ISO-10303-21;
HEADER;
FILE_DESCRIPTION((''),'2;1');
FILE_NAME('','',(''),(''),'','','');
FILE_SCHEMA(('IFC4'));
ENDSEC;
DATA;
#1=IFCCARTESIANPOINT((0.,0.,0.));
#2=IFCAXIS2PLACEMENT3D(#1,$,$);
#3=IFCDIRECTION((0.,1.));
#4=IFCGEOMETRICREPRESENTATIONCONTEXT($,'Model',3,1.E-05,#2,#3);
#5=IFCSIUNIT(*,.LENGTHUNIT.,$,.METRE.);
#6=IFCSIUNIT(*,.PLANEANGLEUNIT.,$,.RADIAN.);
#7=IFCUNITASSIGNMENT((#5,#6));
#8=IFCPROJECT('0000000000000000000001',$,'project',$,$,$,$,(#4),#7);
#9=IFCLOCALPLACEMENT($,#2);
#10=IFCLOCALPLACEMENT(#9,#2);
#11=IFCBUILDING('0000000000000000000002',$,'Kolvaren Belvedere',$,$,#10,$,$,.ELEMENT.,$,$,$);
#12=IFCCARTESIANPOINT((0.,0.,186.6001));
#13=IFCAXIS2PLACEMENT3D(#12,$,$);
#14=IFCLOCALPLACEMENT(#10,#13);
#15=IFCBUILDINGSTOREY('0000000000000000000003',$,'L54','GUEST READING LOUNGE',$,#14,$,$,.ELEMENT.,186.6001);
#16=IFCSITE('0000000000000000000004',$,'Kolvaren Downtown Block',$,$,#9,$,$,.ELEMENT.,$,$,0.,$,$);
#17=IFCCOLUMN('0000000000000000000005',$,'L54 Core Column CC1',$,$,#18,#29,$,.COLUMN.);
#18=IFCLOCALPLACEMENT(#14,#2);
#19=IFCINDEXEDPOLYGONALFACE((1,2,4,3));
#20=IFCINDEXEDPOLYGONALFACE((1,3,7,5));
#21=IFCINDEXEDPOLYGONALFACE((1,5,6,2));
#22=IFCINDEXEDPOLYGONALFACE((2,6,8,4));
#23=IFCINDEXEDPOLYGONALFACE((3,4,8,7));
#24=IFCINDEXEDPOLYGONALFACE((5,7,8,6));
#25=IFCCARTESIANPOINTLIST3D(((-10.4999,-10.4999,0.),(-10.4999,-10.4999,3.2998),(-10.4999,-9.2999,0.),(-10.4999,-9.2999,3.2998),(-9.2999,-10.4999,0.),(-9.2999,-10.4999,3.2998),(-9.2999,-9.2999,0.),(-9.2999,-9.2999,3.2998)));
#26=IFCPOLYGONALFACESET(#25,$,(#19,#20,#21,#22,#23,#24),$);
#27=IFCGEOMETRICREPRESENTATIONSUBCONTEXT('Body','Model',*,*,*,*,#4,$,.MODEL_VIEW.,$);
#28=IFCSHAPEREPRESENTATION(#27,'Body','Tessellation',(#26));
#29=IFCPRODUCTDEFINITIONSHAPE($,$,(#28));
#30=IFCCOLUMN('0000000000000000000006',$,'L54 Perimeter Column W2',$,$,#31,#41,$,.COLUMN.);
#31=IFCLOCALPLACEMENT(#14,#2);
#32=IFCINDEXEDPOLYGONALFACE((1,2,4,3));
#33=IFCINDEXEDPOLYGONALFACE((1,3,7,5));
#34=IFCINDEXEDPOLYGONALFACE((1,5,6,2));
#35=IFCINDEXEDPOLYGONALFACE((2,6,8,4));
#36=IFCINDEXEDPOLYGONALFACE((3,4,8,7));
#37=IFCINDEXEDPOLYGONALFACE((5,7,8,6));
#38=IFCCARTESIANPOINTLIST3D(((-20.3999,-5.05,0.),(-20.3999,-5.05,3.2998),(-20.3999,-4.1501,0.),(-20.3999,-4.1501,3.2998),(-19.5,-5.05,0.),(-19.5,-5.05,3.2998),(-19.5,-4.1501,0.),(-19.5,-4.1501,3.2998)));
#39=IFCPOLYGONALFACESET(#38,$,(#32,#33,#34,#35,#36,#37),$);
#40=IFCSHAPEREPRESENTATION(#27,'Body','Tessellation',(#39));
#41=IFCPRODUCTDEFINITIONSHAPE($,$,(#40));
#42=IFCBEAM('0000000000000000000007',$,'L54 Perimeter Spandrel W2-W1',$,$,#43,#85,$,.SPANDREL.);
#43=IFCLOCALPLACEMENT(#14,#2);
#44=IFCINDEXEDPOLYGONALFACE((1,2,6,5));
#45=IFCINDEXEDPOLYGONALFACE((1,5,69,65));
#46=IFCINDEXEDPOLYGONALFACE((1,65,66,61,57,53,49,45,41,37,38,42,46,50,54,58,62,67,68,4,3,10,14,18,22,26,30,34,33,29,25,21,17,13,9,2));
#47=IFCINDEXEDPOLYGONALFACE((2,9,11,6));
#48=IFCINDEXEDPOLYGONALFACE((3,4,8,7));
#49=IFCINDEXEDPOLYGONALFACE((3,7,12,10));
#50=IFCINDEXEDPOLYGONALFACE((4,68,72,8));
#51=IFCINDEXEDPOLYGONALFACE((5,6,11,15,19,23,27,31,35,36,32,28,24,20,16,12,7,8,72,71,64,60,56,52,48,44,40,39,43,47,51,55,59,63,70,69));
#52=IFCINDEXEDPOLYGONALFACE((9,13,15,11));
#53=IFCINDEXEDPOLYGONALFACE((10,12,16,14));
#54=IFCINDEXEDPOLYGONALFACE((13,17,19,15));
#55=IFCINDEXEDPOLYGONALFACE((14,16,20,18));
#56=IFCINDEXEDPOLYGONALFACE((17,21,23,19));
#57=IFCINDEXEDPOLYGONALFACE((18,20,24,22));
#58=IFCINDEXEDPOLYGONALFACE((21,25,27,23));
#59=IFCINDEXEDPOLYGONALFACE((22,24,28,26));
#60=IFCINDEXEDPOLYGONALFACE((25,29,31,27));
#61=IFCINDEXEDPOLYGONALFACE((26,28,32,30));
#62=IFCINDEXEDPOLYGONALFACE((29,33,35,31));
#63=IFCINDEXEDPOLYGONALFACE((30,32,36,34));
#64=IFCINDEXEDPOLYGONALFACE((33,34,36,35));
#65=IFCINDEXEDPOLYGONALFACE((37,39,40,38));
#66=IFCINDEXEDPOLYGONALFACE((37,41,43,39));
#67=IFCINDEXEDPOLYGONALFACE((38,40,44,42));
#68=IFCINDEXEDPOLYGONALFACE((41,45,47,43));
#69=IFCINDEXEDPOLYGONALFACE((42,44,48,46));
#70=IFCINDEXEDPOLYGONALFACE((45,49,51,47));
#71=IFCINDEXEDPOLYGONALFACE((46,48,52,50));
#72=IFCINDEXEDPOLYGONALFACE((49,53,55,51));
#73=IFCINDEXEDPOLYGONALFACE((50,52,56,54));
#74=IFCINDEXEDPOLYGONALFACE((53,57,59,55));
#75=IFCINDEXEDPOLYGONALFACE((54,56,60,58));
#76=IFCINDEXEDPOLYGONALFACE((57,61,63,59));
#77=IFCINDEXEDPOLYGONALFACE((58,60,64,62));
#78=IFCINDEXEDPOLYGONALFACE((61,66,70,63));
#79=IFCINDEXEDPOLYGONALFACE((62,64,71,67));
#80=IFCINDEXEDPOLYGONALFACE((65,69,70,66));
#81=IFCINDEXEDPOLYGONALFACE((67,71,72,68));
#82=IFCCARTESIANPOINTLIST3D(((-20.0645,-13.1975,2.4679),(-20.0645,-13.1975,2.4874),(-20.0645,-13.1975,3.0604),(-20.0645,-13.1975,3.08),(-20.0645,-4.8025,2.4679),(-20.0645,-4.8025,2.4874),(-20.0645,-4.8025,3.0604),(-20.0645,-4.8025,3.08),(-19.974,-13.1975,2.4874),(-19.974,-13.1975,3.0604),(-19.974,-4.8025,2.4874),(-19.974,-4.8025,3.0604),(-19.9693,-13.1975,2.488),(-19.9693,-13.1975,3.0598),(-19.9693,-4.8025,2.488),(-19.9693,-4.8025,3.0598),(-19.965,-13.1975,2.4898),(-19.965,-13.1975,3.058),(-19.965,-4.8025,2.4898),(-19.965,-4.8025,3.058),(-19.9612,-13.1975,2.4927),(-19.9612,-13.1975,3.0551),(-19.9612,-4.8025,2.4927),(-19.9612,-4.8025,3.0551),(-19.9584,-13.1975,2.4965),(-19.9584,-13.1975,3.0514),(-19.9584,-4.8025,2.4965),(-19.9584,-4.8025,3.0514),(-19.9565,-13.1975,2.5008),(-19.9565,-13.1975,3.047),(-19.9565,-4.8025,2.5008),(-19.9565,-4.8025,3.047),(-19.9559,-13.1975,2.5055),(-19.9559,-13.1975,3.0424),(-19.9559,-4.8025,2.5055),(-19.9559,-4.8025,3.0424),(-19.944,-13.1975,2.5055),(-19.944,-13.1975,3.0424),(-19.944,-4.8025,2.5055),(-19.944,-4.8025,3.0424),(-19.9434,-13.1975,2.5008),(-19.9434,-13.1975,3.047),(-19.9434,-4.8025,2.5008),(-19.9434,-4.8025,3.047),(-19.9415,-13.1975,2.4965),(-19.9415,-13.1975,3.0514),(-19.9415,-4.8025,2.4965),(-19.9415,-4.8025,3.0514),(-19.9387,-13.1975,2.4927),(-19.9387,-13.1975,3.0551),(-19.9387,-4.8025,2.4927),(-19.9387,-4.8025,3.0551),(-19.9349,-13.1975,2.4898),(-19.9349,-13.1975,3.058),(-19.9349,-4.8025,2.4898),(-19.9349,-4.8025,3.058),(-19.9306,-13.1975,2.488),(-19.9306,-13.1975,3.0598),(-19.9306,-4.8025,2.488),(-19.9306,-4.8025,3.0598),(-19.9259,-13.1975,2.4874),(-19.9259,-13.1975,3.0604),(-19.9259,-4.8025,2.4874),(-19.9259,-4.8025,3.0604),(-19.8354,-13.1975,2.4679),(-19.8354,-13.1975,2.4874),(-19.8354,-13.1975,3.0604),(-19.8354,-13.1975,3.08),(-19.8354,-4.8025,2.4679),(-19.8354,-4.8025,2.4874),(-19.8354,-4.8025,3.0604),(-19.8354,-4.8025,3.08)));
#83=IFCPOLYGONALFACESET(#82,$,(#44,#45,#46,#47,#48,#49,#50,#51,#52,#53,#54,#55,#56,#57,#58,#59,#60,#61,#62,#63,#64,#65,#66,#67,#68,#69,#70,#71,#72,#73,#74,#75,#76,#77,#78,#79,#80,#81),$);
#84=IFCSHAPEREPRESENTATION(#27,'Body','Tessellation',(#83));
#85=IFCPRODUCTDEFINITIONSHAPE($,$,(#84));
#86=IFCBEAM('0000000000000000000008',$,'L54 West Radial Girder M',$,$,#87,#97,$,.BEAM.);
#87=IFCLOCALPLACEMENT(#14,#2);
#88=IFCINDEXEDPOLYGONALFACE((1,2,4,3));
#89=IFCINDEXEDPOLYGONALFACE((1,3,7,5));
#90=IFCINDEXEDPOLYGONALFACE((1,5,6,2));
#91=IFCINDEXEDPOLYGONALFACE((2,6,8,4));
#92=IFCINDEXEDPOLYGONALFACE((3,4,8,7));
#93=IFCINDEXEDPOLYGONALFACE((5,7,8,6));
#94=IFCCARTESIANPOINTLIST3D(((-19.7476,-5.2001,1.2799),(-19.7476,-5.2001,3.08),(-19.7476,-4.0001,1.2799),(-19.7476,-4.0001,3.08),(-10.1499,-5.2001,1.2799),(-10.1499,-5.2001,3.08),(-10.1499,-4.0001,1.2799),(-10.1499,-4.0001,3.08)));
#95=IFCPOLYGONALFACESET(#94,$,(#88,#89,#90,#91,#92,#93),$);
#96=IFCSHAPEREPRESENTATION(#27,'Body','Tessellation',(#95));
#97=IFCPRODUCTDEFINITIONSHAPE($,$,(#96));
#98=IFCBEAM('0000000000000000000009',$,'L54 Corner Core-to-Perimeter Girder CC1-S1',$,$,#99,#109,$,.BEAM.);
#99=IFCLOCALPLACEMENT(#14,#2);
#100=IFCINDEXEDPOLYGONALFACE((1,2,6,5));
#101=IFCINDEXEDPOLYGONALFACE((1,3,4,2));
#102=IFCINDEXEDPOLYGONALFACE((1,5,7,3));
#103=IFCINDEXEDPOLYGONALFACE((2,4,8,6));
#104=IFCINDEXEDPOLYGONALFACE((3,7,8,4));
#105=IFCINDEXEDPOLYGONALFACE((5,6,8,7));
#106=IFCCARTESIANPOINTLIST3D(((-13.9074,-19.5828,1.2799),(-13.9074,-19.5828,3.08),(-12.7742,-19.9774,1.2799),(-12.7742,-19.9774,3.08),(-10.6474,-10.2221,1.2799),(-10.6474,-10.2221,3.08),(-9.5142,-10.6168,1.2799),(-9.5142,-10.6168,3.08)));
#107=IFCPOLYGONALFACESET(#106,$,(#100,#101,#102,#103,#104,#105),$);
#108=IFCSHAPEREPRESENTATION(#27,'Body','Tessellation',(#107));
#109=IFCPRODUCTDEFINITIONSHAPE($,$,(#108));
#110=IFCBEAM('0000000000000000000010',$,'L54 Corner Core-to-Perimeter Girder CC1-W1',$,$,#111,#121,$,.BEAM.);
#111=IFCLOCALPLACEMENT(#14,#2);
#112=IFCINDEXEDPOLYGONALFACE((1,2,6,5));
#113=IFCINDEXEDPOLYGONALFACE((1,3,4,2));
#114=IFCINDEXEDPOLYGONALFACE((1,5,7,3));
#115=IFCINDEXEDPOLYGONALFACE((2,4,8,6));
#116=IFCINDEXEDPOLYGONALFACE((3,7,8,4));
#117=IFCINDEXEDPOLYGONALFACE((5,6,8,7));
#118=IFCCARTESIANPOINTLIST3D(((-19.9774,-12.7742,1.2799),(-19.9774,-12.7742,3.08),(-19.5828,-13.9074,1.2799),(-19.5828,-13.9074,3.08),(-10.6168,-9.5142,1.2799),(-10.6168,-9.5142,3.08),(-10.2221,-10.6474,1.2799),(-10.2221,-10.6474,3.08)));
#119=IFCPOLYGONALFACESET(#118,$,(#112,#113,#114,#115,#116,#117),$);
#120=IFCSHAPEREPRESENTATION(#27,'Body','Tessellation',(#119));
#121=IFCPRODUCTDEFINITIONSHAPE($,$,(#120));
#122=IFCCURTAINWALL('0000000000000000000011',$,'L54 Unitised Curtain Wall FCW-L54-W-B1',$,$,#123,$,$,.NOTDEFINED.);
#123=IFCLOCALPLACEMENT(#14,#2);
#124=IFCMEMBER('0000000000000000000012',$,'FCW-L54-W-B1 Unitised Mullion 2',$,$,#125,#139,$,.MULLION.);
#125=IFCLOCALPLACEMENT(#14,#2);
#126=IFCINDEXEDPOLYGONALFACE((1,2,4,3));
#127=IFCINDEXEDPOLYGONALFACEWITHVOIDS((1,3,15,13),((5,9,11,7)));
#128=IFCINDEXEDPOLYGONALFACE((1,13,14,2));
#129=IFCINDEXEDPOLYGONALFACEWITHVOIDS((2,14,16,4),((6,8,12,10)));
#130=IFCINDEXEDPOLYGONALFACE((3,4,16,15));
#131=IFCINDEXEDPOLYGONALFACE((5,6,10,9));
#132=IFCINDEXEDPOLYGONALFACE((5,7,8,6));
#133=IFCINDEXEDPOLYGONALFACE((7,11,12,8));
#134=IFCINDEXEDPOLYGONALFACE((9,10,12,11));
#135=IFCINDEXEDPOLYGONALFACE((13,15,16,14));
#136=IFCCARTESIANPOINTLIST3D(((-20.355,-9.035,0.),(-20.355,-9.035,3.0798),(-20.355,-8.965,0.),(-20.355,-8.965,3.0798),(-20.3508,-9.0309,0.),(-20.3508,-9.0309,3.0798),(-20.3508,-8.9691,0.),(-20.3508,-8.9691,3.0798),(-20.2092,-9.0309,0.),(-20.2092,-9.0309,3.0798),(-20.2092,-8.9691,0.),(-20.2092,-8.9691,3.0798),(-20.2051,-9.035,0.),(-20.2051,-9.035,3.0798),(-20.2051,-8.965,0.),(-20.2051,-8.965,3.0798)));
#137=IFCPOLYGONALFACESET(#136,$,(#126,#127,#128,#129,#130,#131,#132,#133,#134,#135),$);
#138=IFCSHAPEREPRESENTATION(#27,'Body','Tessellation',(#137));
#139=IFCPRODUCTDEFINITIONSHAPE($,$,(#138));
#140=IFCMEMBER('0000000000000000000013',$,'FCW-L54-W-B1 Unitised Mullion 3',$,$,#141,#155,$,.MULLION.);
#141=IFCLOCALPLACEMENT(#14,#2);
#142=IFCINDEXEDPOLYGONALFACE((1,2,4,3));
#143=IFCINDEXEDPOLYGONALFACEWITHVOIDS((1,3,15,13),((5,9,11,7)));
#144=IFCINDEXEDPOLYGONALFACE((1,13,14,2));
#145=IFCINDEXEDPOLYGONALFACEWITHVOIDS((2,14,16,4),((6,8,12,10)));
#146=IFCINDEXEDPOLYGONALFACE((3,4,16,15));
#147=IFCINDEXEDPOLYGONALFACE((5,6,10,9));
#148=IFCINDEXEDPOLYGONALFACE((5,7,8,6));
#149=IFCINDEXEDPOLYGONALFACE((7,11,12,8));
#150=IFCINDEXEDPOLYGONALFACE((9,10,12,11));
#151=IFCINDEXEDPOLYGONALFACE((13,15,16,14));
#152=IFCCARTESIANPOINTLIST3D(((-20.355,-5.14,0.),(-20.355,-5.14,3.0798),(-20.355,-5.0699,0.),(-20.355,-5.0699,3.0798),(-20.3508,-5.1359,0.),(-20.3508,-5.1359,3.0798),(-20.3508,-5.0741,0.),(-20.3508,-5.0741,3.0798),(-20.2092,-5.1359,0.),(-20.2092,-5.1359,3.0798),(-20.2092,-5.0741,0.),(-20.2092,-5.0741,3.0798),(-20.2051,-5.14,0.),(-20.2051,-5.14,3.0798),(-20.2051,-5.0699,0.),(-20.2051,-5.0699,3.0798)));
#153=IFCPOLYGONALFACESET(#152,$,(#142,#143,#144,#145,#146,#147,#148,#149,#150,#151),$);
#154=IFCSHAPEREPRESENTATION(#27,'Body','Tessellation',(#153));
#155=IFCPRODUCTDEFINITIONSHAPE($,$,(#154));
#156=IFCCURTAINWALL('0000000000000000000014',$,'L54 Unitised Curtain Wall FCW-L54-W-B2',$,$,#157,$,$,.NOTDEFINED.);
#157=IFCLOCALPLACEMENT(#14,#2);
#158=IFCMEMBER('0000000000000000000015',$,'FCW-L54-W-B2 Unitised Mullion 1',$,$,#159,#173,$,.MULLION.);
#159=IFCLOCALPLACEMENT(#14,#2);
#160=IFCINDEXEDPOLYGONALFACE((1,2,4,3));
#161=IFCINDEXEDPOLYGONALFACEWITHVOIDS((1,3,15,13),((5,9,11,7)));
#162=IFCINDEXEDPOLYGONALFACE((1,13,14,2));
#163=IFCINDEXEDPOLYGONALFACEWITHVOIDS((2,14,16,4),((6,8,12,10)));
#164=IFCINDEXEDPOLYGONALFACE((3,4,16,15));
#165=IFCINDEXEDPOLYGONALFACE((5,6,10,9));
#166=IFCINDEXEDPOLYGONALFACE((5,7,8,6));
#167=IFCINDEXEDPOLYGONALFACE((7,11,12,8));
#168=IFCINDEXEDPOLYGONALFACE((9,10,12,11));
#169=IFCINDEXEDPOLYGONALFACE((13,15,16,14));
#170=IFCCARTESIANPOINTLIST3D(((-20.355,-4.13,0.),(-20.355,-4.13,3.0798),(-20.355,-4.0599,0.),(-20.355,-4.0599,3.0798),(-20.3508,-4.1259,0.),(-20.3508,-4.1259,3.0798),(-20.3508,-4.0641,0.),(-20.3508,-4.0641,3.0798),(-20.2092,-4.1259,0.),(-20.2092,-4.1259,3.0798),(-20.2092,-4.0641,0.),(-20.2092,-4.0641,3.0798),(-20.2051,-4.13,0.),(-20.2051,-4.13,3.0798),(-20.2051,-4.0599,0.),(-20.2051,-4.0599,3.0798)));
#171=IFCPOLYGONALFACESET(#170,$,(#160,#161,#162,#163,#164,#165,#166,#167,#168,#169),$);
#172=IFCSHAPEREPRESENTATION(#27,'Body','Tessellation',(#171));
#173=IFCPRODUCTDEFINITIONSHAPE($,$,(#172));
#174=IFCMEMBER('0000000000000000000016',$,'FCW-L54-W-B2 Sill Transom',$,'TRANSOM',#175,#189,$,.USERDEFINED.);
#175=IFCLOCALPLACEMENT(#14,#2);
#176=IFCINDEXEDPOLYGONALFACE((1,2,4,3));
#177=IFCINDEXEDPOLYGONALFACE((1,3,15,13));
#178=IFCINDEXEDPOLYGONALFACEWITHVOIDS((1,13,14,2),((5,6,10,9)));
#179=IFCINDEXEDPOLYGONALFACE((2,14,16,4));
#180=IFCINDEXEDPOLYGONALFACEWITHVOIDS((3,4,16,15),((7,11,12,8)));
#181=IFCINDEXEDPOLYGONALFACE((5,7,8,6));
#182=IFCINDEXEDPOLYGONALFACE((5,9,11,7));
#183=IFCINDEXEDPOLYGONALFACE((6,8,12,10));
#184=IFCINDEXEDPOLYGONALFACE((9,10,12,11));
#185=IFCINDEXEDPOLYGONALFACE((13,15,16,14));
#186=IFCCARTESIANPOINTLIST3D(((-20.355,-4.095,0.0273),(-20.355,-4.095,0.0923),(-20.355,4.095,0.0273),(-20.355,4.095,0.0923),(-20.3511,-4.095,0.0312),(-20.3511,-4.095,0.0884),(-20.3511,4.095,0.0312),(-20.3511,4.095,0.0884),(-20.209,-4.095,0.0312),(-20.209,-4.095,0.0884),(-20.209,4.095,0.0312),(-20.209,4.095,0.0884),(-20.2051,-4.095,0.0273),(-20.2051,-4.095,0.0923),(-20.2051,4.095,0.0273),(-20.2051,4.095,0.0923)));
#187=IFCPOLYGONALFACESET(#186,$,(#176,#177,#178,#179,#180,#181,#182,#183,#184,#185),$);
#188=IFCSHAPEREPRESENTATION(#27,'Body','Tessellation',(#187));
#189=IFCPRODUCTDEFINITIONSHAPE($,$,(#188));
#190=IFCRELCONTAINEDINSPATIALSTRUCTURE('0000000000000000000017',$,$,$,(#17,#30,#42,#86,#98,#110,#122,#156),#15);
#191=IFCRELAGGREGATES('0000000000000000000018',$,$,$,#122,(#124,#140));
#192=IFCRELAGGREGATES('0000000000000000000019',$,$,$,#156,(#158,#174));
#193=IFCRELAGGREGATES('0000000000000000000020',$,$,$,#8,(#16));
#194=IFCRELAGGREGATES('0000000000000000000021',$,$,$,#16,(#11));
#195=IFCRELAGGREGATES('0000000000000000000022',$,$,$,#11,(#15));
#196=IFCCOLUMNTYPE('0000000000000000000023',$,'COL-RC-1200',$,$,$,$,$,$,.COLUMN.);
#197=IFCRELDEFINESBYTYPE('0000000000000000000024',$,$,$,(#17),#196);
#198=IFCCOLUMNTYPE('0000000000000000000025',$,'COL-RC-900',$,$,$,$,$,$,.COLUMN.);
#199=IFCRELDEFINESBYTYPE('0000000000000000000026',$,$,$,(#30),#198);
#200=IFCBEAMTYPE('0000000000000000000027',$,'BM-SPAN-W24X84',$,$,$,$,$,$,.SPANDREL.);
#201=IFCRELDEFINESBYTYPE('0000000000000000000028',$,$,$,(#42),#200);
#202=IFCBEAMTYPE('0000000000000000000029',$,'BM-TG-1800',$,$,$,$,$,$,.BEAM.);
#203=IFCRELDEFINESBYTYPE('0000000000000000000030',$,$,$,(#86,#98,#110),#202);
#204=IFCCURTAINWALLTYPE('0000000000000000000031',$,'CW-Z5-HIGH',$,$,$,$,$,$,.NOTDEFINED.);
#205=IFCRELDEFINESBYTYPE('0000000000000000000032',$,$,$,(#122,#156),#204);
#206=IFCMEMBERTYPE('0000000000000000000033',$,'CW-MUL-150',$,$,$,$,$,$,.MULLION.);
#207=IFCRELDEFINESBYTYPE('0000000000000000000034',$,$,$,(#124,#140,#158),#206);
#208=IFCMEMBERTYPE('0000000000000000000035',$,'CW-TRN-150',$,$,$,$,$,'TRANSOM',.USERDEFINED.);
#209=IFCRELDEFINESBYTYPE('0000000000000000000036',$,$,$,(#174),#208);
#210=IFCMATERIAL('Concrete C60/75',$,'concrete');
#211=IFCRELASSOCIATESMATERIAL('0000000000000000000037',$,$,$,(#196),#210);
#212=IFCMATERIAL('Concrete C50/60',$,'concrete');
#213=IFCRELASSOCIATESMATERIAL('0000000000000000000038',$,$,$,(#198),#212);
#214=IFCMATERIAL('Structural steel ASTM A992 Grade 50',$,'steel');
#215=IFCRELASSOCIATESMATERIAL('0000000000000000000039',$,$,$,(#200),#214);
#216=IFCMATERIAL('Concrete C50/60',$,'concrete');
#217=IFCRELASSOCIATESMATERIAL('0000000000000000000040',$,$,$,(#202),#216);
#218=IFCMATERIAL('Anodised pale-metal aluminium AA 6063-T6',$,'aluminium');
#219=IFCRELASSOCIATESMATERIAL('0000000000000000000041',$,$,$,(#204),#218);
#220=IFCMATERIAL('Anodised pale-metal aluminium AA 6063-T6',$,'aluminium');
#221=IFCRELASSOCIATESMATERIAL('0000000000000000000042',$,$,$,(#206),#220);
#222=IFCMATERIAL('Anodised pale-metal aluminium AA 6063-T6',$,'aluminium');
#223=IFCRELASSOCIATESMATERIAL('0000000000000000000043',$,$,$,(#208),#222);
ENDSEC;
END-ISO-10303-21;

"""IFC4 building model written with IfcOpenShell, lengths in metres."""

from ifc_helpers import new_model, si_unit, direction, frame, origin, origin_2d, place, context, subcontext, project, spatial, rectangle, hollow_rectangle, i_section, extrude, material, material_profile, profile_set, type_object, element, aggregate, save


model = new_model("IFC4")

# Units and contexts
model_context = context("Model", 3, precision=1e-05, world=origin(), true_north=direction((0.0, 1.0)))
body_context = subcontext(model_context, "Body", "Model", "MODEL_VIEW")
ifc_project = project(units=[si_unit("LENGTHUNIT", "METRE"), si_unit("PLANEANGLEUNIT", "RADIAN")], contexts=[model_context])

# Site, building, storey
site_placement = place(None, origin())
site = spatial("IfcSite", under=ifc_project, at=site_placement, Name="Kolvaren Downtown Block", CompositionType="ELEMENT", RefElevation=0.0)
building_placement = place(site_placement, origin())
building = spatial("IfcBuilding", under=site, at=building_placement, Name="Kolvaren Belvedere", CompositionType="ELEMENT")
storey_placement = place(building_placement, frame((0.0, 0.0, 186.6001)))
storey = spatial("IfcBuildingStorey", under=building, at=storey_placement, Name="L54", Description="GUEST READING LOUNGE", CompositionType="ELEMENT", Elevation=186.6001)

# Columns
ifc_material_1 = material(Name="Concrete C60/75", Category="concrete")
ifc_material_profile_1 = material_profile(ifc_material_1, rectangle(XDim=1.2, YDim=1.2, at=origin_2d()), Name="RC 1200X1200")
ifc_profile_set_1 = profile_set([ifc_material_profile_1], Name="Concrete C60/75")
column_type_1 = type_object("IfcColumnType", Name="COL-RC-1200", PredefinedType="COLUMN", material=ifc_profile_set_1)
column_1_placement = place(storey_placement, frame((-9.8999, -9.8999, 0.0), z_axis=(0.0, 0.0, 1.0), x_axis=(1.0, 0.0, 0.0)))
element("IfcColumn", 1, at=column_1_placement, inside=storey, type_object=column_type_1, Name="L54 Core Column CC1", PredefinedType="COLUMN", context=body_context, shape_type="SweptSolid", body=[
    extrude(rectangle(XDim=1.2, YDim=1.2, at=origin_2d()), origin(), (0.0, 0.0, 1.0), 3.2998),
])
ifc_material_2 = material(Name="Concrete C50/60", Category="concrete")
ifc_material_profile_2 = material_profile(ifc_material_2, rectangle(XDim=0.8999, YDim=0.8999, at=origin_2d()), Name="RC 900X900")
ifc_profile_set_2 = profile_set([ifc_material_profile_2], Name="Concrete C50/60")
column_type_2 = type_object("IfcColumnType", Name="COL-RC-900", PredefinedType="COLUMN", material=ifc_profile_set_2)
column_2_placement = place(storey_placement, frame((-19.95, -4.6001, 0.0), z_axis=(0.0, 0.0, 1.0), x_axis=(1.0, 0.0, 0.0)))
element("IfcColumn", 2, at=column_2_placement, inside=storey, type_object=column_type_2, Name="L54 Perimeter Column W2", PredefinedType="COLUMN", context=body_context, shape_type="SweptSolid", body=[
    extrude(rectangle(XDim=0.8999, YDim=0.8999, at=origin_2d()), origin(), (0.0, 0.0, 1.0), 3.2998),
])

# Beams
ifc_material_3 = material(Name="Structural steel ASTM A992 Grade 50", Category="steel")
ifc_material_profile_3 = material_profile(ifc_material_3, i_section(OverallWidth=0.229, OverallDepth=0.6121, WebThickness=0.012, FlangeThickness=0.0195, FilletRadius=0.0181, at=origin_2d()), Name="W24X84")
ifc_profile_set_3 = profile_set([ifc_material_profile_3], Name="Structural steel ASTM A992 Grade 50")
beam_type_1 = type_object("IfcBeamType", Name="BM-SPAN-W24X84", PredefinedType="SPANDREL", material=ifc_profile_set_3)
beam_1_placement = place(storey_placement, frame((-19.95, -4.8025, 2.7739), z_axis=(0.0, -1.0, 0.0), x_axis=(1.0, 0.0, 0.0)))
element("IfcBeam", 3, at=beam_1_placement, inside=storey, type_object=beam_type_1, Name="L54 Perimeter Spandrel W2-W1", PredefinedType="SPANDREL", context=body_context, shape_type="SweptSolid", body=[
    extrude(i_section(OverallWidth=0.229, OverallDepth=0.6121, WebThickness=0.012, FlangeThickness=0.0195, FilletRadius=0.0181, at=origin_2d()), origin(), (0.0, 0.0, 1.0), 8.395),
])
ifc_material_4 = material(Name="Concrete C50/60", Category="concrete")
ifc_material_profile_4 = material_profile(ifc_material_4, rectangle(XDim=1.2, YDim=1.8, at=origin_2d()), Name="RC 1200X1800")
ifc_profile_set_4 = profile_set([ifc_material_profile_4], Name="Concrete C50/60")
beam_type_2 = type_object("IfcBeamType", Name="BM-TG-1800", PredefinedType="BEAM", material=ifc_profile_set_4)
beam_2_placement = place(storey_placement, frame((-10.1499, -4.6001, 2.1799), z_axis=(-1.0, 0.0, 0.0), x_axis=(0.0, -1.0, 0.0)))
element("IfcBeam", 4, at=beam_2_placement, inside=storey, type_object=beam_type_2, Name="L54 West Radial Girder M", PredefinedType="BEAM", context=body_context, shape_type="SweptSolid", body=[
    extrude(rectangle(XDim=1.2, YDim=1.8, at=origin_2d()), origin(), (0.0, 0.0, 1.0), 9.5977),
])
for number, where, z_axis, x_axis, name in (
    (5, (-10.0808, -10.4194, 2.1799), (-0.328894, -0.944367, 0.0), (0.944367, -0.328894, 0.0), "L54 Corner Core-to-Perimeter Girder CC1-S1"),
    (6, (-10.4194, -10.0808, 2.1799), (-0.944367, -0.328894, 0.0), (0.328894, -0.944367, 0.0), "L54 Corner Core-to-Perimeter Girder CC1-W1"),
):
    element("IfcBeam", number, at=place(storey_placement, frame(where, z_axis=z_axis, x_axis=x_axis)), inside=storey, type_object=beam_type_2, Name=name, PredefinedType="BEAM", context=body_context, shape_type="SweptSolid", body=[
        extrude(rectangle(XDim=1.2, YDim=1.8, at=origin_2d()), origin(), (0.0, 0.0, 1.0), 9.9121),
    ])

# Curtain walls, members
ifc_material_5 = material(Name="Anodised pale-metal aluminium AA 6063-T6", Category="aluminium")
curtain_wall_type = type_object("IfcCurtainWallType", Name="CW-Z5-HIGH", PredefinedType="NOTDEFINED", material=ifc_material_5)
curtain_wall_1_placement = place(storey_placement, origin())
curtain_wall_1 = element("IfcCurtainWall", 7, at=curtain_wall_1_placement, inside=storey, type_object=curtain_wall_type, Name="L54 Unitised Curtain Wall FCW-L54-W-B1", PredefinedType="NOTDEFINED")
ifc_material_6 = material(Name="Anodised pale-metal aluminium AA 6063-T6", Category="aluminium")
ifc_material_profile_5 = material_profile(ifc_material_6, hollow_rectangle(XDim=0.0701, YDim=0.1499, WallThickness=0.0042, at=origin_2d()), Name="ALU-MUL-150X70")
ifc_profile_set_5 = profile_set([ifc_material_profile_5], Name="Anodised pale-metal aluminium AA 6063-T6")
member_type_1 = type_object("IfcMemberType", Name="CW-MUL-150", PredefinedType="MULLION", material=ifc_profile_set_5)
member_1_placement = place(storey_placement, frame((-20.28, -9.0, 0.0), z_axis=(0.0, 0.0, 1.0), x_axis=(0.0, 1.0, 0.0)))
member_1 = element("IfcMember", 8, at=member_1_placement, type_object=member_type_1, Name="FCW-L54-W-B1 Unitised Mullion 2", PredefinedType="MULLION", context=body_context, shape_type="SweptSolid", body=[
    extrude(hollow_rectangle(XDim=0.0701, YDim=0.1499, WallThickness=0.0042, at=origin_2d()), origin(), (0.0, 0.0, 1.0), 3.0798),
])
member_2_placement = place(storey_placement, frame((-20.28, -5.105, 0.0), z_axis=(0.0, 0.0, 1.0), x_axis=(0.0, 1.0, 0.0)))
member_2 = element("IfcMember", 9, at=member_2_placement, type_object=member_type_1, Name="FCW-L54-W-B1 Unitised Mullion 3", PredefinedType="MULLION", context=body_context, shape_type="SweptSolid", body=[
    extrude(hollow_rectangle(XDim=0.0701, YDim=0.1499, WallThickness=0.0042, at=origin_2d()), origin(), (0.0, 0.0, 1.0), 3.0798),
])
curtain_wall_2_placement = place(storey_placement, origin())
curtain_wall_2 = element("IfcCurtainWall", 10, at=curtain_wall_2_placement, inside=storey, type_object=curtain_wall_type, Name="L54 Unitised Curtain Wall FCW-L54-W-B2", PredefinedType="NOTDEFINED")
member_3_placement = place(storey_placement, frame((-20.28, -4.095, 0.0), z_axis=(0.0, 0.0, 1.0), x_axis=(0.0, 1.0, 0.0)))
member_3 = element("IfcMember", 11, at=member_3_placement, type_object=member_type_1, Name="FCW-L54-W-B2 Unitised Mullion 1", PredefinedType="MULLION", context=body_context, shape_type="SweptSolid", body=[
    extrude(hollow_rectangle(XDim=0.0701, YDim=0.1499, WallThickness=0.0042, at=origin_2d()), origin(), (0.0, 0.0, 1.0), 3.0798),
])
ifc_material_7 = material(Name="Anodised pale-metal aluminium AA 6063-T6", Category="aluminium")
ifc_material_profile_6 = material_profile(ifc_material_7, hollow_rectangle(XDim=0.0649, YDim=0.1499, WallThickness=0.0039, at=origin_2d()), Name="ALU-TRN-150X65")
ifc_profile_set_6 = profile_set([ifc_material_profile_6], Name="Anodised pale-metal aluminium AA 6063-T6")
member_type_2 = type_object("IfcMemberType", Name="CW-TRN-150", ElementType="TRANSOM", PredefinedType="USERDEFINED", material=ifc_profile_set_6)
member_4_placement = place(storey_placement, frame((-20.28, -4.095, 0.0598), z_axis=(0.0, 1.0, 0.0), x_axis=(0.0, 0.0, 1.0)))
member_4 = element("IfcMember", 12, at=member_4_placement, type_object=member_type_2, Name="FCW-L54-W-B2 Sill Transom", ObjectType="TRANSOM", PredefinedType="USERDEFINED", context=body_context, shape_type="SweptSolid", body=[
    extrude(hollow_rectangle(XDim=0.0649, YDim=0.1499, WallThickness=0.0039, at=origin_2d()), origin(), (0.0, 0.0, 1.0), 8.1899),
])

aggregate(curtain_wall_1, [member_1, member_2])
aggregate(curtain_wall_2, [member_3, member_4])

save(model, "model.ifc")
